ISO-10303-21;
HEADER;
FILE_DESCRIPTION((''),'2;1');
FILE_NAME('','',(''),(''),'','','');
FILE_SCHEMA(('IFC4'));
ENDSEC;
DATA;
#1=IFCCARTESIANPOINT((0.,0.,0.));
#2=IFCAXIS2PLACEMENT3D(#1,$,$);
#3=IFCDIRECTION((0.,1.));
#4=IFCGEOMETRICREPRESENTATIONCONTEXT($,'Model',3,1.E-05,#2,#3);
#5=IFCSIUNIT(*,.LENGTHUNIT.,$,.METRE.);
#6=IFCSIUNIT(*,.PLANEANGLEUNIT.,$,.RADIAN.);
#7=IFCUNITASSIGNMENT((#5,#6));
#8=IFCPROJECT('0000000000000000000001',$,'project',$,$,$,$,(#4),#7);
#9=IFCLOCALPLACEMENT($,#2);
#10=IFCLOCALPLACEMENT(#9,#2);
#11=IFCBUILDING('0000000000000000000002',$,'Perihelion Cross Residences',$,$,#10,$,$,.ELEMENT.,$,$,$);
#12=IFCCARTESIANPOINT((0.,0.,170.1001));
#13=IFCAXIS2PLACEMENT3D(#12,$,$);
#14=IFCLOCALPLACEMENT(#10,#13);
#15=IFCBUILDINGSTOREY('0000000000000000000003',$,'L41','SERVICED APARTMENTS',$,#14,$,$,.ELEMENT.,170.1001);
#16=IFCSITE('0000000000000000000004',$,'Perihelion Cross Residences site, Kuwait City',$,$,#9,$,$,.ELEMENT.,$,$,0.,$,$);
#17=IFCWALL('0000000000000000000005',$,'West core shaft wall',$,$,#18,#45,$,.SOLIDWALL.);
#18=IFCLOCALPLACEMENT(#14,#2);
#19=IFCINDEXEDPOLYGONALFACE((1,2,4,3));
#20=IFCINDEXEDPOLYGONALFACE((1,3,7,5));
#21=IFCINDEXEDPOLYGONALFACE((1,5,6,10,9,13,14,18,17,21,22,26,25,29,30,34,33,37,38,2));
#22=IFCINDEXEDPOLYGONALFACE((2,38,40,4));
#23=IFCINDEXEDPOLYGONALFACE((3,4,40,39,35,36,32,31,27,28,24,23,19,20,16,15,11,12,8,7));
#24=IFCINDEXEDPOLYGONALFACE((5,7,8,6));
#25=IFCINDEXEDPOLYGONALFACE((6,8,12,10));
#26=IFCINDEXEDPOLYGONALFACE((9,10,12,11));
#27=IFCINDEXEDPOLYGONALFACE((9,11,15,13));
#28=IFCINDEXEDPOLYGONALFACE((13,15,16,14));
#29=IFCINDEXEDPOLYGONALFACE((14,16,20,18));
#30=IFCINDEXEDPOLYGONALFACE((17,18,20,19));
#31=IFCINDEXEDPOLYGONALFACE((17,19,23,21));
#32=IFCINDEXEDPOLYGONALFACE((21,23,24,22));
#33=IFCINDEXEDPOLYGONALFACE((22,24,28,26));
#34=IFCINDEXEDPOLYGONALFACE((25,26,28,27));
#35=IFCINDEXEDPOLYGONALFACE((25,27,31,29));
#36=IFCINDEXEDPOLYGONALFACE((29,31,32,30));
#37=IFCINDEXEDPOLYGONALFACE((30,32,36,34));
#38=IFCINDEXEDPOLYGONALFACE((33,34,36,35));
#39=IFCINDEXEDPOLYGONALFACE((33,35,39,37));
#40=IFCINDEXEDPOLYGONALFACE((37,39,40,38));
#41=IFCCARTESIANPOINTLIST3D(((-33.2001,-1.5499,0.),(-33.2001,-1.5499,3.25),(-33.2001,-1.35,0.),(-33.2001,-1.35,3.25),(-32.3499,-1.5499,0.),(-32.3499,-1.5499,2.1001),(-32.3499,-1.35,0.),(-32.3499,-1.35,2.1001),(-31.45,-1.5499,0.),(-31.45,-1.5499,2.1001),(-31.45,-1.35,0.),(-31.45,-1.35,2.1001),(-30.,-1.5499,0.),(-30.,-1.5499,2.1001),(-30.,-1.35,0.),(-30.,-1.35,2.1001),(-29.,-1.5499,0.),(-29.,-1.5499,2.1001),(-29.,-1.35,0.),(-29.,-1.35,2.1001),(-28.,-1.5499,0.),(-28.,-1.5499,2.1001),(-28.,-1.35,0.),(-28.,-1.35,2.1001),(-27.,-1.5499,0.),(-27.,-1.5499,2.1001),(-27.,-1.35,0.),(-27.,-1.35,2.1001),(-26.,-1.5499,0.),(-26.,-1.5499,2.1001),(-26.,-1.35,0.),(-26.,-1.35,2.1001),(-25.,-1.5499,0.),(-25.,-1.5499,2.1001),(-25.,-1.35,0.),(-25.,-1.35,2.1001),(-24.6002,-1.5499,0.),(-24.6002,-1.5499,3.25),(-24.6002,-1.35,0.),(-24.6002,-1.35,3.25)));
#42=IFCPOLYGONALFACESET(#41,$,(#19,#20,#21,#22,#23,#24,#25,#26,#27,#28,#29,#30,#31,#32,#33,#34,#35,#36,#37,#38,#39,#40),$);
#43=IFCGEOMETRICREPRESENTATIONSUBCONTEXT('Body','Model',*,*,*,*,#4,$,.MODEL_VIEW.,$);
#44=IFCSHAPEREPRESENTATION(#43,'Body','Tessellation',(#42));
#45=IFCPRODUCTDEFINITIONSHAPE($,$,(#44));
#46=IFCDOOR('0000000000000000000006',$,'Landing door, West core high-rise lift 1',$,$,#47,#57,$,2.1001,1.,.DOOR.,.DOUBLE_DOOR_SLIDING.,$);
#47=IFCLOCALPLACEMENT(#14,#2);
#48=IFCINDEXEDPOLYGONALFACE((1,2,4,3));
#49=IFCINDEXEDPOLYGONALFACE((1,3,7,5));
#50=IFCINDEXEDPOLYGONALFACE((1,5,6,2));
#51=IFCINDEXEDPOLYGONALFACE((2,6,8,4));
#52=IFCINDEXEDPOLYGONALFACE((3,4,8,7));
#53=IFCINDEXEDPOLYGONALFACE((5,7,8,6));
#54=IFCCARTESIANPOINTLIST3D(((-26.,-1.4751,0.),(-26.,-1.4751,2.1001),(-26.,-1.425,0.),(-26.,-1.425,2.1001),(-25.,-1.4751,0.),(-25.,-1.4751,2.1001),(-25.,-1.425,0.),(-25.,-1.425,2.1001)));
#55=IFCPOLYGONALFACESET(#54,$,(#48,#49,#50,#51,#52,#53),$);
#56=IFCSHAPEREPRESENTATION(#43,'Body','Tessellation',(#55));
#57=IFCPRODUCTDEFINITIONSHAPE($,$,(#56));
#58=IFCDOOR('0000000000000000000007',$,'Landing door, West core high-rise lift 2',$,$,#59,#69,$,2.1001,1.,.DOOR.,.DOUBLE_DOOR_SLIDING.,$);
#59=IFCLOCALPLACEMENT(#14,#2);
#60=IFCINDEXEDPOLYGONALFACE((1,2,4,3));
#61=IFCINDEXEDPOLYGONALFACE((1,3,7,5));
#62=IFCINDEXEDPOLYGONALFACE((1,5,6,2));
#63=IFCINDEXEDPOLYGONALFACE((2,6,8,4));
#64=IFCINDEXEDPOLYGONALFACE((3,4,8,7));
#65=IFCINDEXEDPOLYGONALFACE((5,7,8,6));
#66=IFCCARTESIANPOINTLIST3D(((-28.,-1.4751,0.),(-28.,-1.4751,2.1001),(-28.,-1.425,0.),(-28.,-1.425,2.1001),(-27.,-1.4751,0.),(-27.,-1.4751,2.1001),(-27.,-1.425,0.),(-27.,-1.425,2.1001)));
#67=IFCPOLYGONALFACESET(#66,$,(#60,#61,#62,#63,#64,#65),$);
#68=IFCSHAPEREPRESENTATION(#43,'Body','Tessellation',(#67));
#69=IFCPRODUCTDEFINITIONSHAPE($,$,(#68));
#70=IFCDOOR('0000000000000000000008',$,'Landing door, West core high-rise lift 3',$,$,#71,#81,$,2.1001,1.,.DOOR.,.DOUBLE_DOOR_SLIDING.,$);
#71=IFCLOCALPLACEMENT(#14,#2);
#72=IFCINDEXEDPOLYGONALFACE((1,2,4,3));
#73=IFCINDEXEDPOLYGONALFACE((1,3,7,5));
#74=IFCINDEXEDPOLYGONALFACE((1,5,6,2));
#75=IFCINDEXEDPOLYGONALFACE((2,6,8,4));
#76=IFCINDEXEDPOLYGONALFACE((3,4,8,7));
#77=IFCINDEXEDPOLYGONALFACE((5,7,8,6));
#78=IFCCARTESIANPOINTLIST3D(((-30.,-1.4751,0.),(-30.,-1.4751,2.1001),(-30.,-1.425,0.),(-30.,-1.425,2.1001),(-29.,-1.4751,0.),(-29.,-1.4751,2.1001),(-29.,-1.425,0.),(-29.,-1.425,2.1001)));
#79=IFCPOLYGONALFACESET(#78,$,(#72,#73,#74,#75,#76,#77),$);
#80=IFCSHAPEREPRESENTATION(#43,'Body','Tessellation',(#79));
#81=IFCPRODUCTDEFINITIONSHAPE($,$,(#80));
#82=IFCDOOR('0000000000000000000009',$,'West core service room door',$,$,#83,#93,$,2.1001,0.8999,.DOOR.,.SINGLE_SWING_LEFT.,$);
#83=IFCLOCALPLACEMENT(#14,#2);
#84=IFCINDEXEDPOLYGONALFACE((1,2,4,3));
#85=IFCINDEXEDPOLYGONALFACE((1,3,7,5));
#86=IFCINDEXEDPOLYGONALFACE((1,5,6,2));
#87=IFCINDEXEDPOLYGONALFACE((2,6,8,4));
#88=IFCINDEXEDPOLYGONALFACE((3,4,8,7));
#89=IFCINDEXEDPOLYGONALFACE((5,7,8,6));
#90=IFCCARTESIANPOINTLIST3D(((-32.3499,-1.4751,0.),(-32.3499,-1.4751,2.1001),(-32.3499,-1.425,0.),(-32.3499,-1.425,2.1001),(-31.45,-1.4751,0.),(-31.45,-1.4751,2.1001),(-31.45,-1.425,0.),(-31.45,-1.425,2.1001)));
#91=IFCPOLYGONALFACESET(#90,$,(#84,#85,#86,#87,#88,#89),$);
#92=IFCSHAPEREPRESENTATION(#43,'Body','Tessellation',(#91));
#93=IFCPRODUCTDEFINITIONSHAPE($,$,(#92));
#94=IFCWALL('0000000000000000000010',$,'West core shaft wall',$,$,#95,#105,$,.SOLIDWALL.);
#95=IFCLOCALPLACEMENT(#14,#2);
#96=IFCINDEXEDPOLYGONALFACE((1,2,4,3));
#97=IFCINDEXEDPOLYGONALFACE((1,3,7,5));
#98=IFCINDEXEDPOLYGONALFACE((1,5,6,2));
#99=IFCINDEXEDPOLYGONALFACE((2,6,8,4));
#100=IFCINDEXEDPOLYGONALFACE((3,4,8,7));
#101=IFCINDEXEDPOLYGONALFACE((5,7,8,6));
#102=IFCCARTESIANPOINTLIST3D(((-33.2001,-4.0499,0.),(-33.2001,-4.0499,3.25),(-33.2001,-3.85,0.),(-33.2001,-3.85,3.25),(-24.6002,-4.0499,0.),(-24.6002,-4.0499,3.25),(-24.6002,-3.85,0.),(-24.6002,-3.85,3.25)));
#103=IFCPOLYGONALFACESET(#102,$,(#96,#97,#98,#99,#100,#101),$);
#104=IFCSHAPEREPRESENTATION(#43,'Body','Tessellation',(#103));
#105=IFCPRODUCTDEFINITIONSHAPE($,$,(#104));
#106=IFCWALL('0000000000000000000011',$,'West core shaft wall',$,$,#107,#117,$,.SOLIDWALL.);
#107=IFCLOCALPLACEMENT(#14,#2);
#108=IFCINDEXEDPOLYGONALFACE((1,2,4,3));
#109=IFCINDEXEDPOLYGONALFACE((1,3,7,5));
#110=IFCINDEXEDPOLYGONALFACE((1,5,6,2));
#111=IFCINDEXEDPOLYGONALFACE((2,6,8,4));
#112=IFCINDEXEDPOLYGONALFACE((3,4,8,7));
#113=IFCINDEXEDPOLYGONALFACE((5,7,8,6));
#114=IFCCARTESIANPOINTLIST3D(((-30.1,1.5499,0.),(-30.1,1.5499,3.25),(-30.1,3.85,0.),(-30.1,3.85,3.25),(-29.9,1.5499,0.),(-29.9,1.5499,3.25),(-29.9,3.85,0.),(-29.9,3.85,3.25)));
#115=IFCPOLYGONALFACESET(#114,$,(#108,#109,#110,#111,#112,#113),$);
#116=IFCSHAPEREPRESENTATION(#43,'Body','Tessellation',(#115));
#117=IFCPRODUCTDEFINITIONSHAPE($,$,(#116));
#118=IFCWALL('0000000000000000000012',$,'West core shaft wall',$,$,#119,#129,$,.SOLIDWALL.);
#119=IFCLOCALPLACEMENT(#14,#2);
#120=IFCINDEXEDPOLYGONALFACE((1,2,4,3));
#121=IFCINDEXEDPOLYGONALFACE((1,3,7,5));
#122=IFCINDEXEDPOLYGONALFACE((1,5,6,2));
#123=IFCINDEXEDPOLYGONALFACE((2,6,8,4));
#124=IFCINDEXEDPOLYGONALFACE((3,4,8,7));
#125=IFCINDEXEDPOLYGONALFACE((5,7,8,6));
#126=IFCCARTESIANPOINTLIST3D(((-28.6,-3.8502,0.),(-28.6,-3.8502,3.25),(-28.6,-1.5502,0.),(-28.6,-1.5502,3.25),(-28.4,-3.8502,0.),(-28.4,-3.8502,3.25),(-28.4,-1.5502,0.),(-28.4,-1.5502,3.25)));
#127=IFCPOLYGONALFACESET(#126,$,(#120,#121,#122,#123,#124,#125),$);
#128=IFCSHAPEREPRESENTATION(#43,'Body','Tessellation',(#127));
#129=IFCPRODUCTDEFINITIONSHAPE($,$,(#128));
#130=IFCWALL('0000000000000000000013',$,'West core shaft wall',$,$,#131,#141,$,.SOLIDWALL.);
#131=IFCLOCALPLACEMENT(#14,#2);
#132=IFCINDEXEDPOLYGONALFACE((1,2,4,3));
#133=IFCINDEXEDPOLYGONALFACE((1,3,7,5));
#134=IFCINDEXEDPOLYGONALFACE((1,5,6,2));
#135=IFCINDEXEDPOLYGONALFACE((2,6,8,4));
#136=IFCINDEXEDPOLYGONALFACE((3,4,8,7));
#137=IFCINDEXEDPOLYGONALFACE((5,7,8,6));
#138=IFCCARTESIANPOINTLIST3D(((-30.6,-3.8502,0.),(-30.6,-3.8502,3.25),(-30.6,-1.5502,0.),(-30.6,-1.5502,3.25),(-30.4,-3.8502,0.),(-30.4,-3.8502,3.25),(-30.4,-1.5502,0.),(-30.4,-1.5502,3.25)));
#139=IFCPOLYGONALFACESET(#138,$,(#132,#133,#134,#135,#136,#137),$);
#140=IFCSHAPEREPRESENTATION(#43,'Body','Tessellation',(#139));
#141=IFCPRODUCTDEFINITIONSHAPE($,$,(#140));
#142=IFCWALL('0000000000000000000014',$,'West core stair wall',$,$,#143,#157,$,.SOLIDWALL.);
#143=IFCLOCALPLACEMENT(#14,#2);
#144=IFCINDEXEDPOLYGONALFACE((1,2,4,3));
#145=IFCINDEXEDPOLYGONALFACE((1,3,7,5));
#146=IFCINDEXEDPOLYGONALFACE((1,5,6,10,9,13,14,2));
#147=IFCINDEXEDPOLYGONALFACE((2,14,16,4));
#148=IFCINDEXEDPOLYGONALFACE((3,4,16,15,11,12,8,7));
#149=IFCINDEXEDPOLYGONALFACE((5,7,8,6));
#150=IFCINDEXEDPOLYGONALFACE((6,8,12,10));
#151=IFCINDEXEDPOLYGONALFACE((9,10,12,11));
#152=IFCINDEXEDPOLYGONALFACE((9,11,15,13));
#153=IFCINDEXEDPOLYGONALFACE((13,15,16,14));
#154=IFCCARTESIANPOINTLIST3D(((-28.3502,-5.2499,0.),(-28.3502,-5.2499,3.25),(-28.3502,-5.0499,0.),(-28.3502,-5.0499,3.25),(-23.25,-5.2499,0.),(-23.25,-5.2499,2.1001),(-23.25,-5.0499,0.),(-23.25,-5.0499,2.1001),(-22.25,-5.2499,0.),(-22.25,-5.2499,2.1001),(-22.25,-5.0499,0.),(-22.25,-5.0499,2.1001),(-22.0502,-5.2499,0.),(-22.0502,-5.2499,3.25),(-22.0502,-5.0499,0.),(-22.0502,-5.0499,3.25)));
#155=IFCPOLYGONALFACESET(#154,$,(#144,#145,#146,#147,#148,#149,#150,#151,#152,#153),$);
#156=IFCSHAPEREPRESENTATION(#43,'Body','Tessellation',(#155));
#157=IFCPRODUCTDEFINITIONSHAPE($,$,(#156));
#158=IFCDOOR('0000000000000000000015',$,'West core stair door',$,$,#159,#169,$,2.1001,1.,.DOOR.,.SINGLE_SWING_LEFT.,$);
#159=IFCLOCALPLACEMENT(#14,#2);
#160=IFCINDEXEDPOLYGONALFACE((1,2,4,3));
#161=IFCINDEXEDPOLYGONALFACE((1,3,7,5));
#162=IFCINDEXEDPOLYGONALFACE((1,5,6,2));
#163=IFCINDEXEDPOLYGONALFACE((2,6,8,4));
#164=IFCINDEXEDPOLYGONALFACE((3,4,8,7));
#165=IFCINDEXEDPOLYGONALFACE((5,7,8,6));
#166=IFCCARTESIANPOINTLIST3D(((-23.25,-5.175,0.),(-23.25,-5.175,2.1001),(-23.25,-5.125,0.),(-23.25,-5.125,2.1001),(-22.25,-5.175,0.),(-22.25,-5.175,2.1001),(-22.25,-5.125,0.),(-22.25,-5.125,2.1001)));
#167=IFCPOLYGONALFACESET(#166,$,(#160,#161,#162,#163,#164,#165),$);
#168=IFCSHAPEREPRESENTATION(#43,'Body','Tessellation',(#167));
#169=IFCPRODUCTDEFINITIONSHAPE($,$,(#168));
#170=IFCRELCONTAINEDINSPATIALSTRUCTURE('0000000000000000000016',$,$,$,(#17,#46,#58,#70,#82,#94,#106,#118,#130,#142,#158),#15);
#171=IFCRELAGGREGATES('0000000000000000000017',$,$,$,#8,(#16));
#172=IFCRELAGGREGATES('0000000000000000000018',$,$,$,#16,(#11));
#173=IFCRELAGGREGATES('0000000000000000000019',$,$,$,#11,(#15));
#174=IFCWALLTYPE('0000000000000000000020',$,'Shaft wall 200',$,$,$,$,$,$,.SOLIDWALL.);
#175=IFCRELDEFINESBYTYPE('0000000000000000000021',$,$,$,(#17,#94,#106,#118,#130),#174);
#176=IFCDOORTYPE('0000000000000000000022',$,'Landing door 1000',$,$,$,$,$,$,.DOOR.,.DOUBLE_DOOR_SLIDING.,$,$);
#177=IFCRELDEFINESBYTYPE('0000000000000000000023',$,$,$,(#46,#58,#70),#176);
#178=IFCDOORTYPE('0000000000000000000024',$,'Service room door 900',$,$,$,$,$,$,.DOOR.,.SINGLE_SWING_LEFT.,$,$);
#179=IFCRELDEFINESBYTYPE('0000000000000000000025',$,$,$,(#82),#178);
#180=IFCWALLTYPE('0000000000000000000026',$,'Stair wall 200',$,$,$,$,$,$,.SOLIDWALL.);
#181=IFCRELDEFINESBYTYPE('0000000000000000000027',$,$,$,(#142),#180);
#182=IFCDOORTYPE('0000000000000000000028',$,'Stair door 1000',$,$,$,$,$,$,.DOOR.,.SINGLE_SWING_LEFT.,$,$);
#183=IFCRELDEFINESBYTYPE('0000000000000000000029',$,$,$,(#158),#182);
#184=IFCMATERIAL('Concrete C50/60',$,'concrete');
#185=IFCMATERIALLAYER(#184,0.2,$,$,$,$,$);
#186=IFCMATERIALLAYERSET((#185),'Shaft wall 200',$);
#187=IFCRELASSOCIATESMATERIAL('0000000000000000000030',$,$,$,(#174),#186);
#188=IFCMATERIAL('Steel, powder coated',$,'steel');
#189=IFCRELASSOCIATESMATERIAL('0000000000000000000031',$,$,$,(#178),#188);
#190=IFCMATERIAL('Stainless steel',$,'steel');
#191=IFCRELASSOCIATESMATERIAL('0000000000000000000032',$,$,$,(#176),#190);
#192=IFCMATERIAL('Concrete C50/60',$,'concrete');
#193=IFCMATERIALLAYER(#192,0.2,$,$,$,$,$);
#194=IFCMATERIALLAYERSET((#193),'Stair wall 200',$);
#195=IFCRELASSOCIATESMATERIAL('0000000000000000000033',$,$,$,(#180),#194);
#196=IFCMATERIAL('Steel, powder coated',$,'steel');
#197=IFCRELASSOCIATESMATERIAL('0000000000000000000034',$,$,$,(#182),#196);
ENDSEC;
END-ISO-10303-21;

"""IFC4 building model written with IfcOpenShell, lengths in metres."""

from ifc_helpers import new_model, si_unit, direction, frame, frame_2d, origin, place, context, subcontext, project, spatial, rectangle, extrude, material, layer, layer_set, type_object, element, fill, save


model = new_model("IFC4")

# Units and contexts
model_context = context("Model", 3, precision=1e-05, world=origin(), true_north=direction((0.0, 1.0)))
body_context = subcontext(model_context, "Body", "Model", "MODEL_VIEW")
ifc_project = project(units=[si_unit("LENGTHUNIT", "METRE"), si_unit("PLANEANGLEUNIT", "RADIAN")], contexts=[model_context])

# Site, building, storey
site_placement = place(None, origin())
site = spatial("IfcSite", under=ifc_project, at=site_placement, Name="Perihelion Cross Residences site, Kuwait City", CompositionType="ELEMENT", RefElevation=0.0)
building_placement = place(site_placement, origin())
building = spatial("IfcBuilding", under=site, at=building_placement, Name="Perihelion Cross Residences", CompositionType="ELEMENT")
storey_placement = place(building_placement, frame((0.0, 0.0, 170.1001)))
storey = spatial("IfcBuildingStorey", under=building, at=storey_placement, Name="L41", Description="SERVICED APARTMENTS", CompositionType="ELEMENT", Elevation=170.1001)

# Wall, openings, doors
ifc_material_1 = material(Name="Concrete C50/60", Category="concrete")
ifc_layer_1 = layer(ifc_material_1, 0.2)
ifc_layer_set_1 = layer_set([ifc_layer_1], Name="Shaft wall 200")
wall_type_1 = type_object("IfcWallType", Name="Shaft wall 200", PredefinedType="SOLIDWALL", material=ifc_layer_set_1)
ifc_material_2 = material(Name="Steel, powder coated", Category="steel")
door_type_1 = type_object("IfcDoorType", Name="Service room door 900", OperationType="SINGLE_SWING_LEFT", PredefinedType="DOOR", material=ifc_material_2)
wall_1_placement = place(storey_placement, frame((-33.2, -1.45, 0.0), z_axis=(0.0, 0.0, 1.0), x_axis=(1.0, 0.0, 0.0)))
wall_1 = element("IfcWall", 1, at=wall_1_placement, inside=storey, type_object=wall_type_1, Name="West core shaft wall", PredefinedType="SOLIDWALL", context=body_context, shape_type="SweptSolid", body=[
    extrude(rectangle(XDim=8.5999, YDim=0.2, at=frame_2d((4.2998, 0.0))), origin(), (0.0, 0.0, 1.0), 3.25),
])
opening_1_placement = place(wall_1_placement, frame((7.2, 0.0, 0.0)))
opening_1 = element("IfcOpeningElement", 2, at=opening_1_placement, cuts=wall_1, PredefinedType="OPENING", context=body_context, shape_type="SweptSolid", body=[
    extrude(rectangle(XDim=1.0, YDim=2.1001, at=frame_2d((0.5, 1.05))), frame((0.0, 0.1099, 0.0), z_axis=(0.0, -1.0, 0.0), x_axis=(1.0, 0.0, 0.0)), (0.0, 0.0, 1.0), 0.22),
])
opening_2_placement = place(wall_1_placement, frame((5.2, 0.0, 0.0)))
opening_2 = element("IfcOpeningElement", 3, at=opening_2_placement, cuts=wall_1, PredefinedType="OPENING", context=body_context, shape_type="SweptSolid", body=[
    extrude(rectangle(XDim=1.0, YDim=2.1001, at=frame_2d((0.5, 1.05))), frame((0.0, 0.1099, 0.0), z_axis=(0.0, -1.0, 0.0), x_axis=(1.0, 0.0, 0.0)), (0.0, 0.0, 1.0), 0.22),
])
opening_3_placement = place(wall_1_placement, frame((3.2, 0.0, 0.0)))
opening_3 = element("IfcOpeningElement", 4, at=opening_3_placement, cuts=wall_1, PredefinedType="OPENING", context=body_context, shape_type="SweptSolid", body=[
    extrude(rectangle(XDim=1.0, YDim=2.1001, at=frame_2d((0.5, 1.05))), frame((0.0, 0.1099, 0.0), z_axis=(0.0, -1.0, 0.0), x_axis=(1.0, 0.0, 0.0)), (0.0, 0.0, 1.0), 0.22),
])
opening_4_placement = place(wall_1_placement, frame((0.8501, 0.0, 0.0)))
opening_4 = element("IfcOpeningElement", 5, at=opening_4_placement, cuts=wall_1, PredefinedType="OPENING", context=body_context, shape_type="SweptSolid", body=[
    extrude(rectangle(XDim=0.8999, YDim=2.1001, at=frame_2d((0.45, 1.05))), frame((0.0, 0.1099, 0.0), z_axis=(0.0, -1.0, 0.0), x_axis=(1.0, 0.0, 0.0)), (0.0, 0.0, 1.0), 0.22),
])
ifc_material_3 = material(Name="Stainless steel", Category="steel")
door_type_2 = type_object("IfcDoorType", Name="Landing door 1000", OperationType="DOUBLE_DOOR_SLIDING", PredefinedType="DOOR", material=ifc_material_3)
door_1_placement = place(opening_1_placement, origin())
door_1 = element("IfcDoor", 6, at=door_1_placement, inside=storey, type_object=door_type_2, Name="Landing door, West core high-rise lift 1", OperationType="DOUBLE_DOOR_SLIDING", OverallHeight=2.1001, OverallWidth=1.0, PredefinedType="DOOR", context=body_context, shape_type="SweptSolid", body=[
    extrude(rectangle(XDim=1.0, YDim=2.1001, at=frame_2d((0.5, 1.05))), frame((0.0, 0.0249, 0.0), z_axis=(0.0, -1.0, 0.0), x_axis=(1.0, 0.0, 0.0)), (0.0, 0.0, 1.0), 0.05),
])
fill(opening_1, door_1)
door_2_placement = place(opening_2_placement, origin())
door_2 = element("IfcDoor", 7, at=door_2_placement, inside=storey, type_object=door_type_2, Name="Landing door, West core high-rise lift 2", OperationType="DOUBLE_DOOR_SLIDING", OverallHeight=2.1001, OverallWidth=1.0, PredefinedType="DOOR", context=body_context, shape_type="SweptSolid", body=[
    extrude(rectangle(XDim=1.0, YDim=2.1001, at=frame_2d((0.5, 1.05))), frame((0.0, 0.0249, 0.0), z_axis=(0.0, -1.0, 0.0), x_axis=(1.0, 0.0, 0.0)), (0.0, 0.0, 1.0), 0.05),
])
fill(opening_2, door_2)
door_3_placement = place(opening_3_placement, origin())
door_3 = element("IfcDoor", 8, at=door_3_placement, inside=storey, type_object=door_type_2, Name="Landing door, West core high-rise lift 3", OperationType="DOUBLE_DOOR_SLIDING", OverallHeight=2.1001, OverallWidth=1.0, PredefinedType="DOOR", context=body_context, shape_type="SweptSolid", body=[
    extrude(rectangle(XDim=1.0, YDim=2.1001, at=frame_2d((0.5, 1.05))), frame((0.0, 0.0249, 0.0), z_axis=(0.0, -1.0, 0.0), x_axis=(1.0, 0.0, 0.0)), (0.0, 0.0, 1.0), 0.05),
])
fill(opening_3, door_3)
door_4_placement = place(opening_4_placement, origin())
door_4 = element("IfcDoor", 9, at=door_4_placement, inside=storey, type_object=door_type_1, Name="West core service room door", OperationType="SINGLE_SWING_LEFT", OverallHeight=2.1001, OverallWidth=0.8999, PredefinedType="DOOR", context=body_context, shape_type="SweptSolid", body=[
    extrude(rectangle(XDim=0.8999, YDim=2.1001, at=frame_2d((0.45, 1.05))), frame((0.0, 0.0249, 0.0), z_axis=(0.0, -1.0, 0.0), x_axis=(1.0, 0.0, 0.0)), (0.0, 0.0, 1.0), 0.05),
])
fill(opening_4, door_4)

# Walls
wall_2_placement = place(storey_placement, frame((-33.2, -3.95, 0.0), z_axis=(0.0, 0.0, 1.0), x_axis=(1.0, 0.0, 0.0)))
element("IfcWall", 10, at=wall_2_placement, inside=storey, type_object=wall_type_1, Name="West core shaft wall", PredefinedType="SOLIDWALL", context=body_context, shape_type="SweptSolid", body=[
    extrude(rectangle(XDim=8.5999, YDim=0.2, at=frame_2d((4.2998, 0.0))), origin(), (0.0, 0.0, 1.0), 3.25),
])
for number, where, z_axis, x_axis, name in (
    (11, (-30.0, 1.55, 0.0), (0.0, 0.0, 1.0), (0.0, 1.0, 0.0), "West core shaft wall"),
    (12, (-28.5, -3.8501, 0.0), (0.0, 0.0, 1.0), (0.0, 1.0, 0.0), "West core shaft wall"),
    (13, (-30.5, -3.8501, 0.0), (0.0, 0.0, 1.0), (0.0, 1.0, 0.0), "West core shaft wall"),
):
    element("IfcWall", number, at=place(storey_placement, frame(where, z_axis=z_axis, x_axis=x_axis)), inside=storey, type_object=wall_type_1, Name=name, PredefinedType="SOLIDWALL", context=body_context, shape_type="SweptSolid", body=[
        extrude(rectangle(XDim=2.3, YDim=0.2, at=frame_2d((1.1499, 0.0))), origin(), (0.0, 0.0, 1.0), 3.25),
    ])

# Wall, opening, door
ifc_material_4 = material(Name="Concrete C50/60", Category="concrete")
ifc_layer_2 = layer(ifc_material_4, 0.2)
ifc_layer_set_2 = layer_set([ifc_layer_2], Name="Stair wall 200")
wall_type_2 = type_object("IfcWallType", Name="Stair wall 200", PredefinedType="SOLIDWALL", material=ifc_layer_set_2)
wall_3_placement = place(storey_placement, frame((-28.3501, -5.1499, 0.0), z_axis=(0.0, 0.0, 1.0), x_axis=(1.0, 0.0, 0.0)))
wall_3 = element("IfcWall", 14, at=wall_3_placement, inside=storey, type_object=wall_type_2, Name="West core stair wall", PredefinedType="SOLIDWALL", context=body_context, shape_type="SweptSolid", body=[
    extrude(rectangle(XDim=6.3, YDim=0.2, at=frame_2d((3.1499, 0.0))), origin(), (0.0, 0.0, 1.0), 3.25),
])
opening_5_placement = place(wall_3_placement, frame((5.1001, 0.0, 0.0)))
opening_5 = element("IfcOpeningElement", 15, at=opening_5_placement, cuts=wall_3, PredefinedType="OPENING", context=body_context, shape_type="SweptSolid", body=[
    extrude(rectangle(XDim=1.0, YDim=2.1001, at=frame_2d((0.5, 1.05))), frame((0.0, 0.1099, 0.0), z_axis=(0.0, -1.0, 0.0), x_axis=(1.0, 0.0, 0.0)), (0.0, 0.0, 1.0), 0.22),
])
ifc_material_5 = material(Name="Steel, powder coated", Category="steel")
door_type_3 = type_object("IfcDoorType", Name="Stair door 1000", OperationType="SINGLE_SWING_LEFT", PredefinedType="DOOR", material=ifc_material_5)
door_5_placement = place(opening_5_placement, origin())
door_5 = element("IfcDoor", 16, at=door_5_placement, inside=storey, type_object=door_type_3, Name="West core stair door", OperationType="SINGLE_SWING_LEFT", OverallHeight=2.1001, OverallWidth=1.0, PredefinedType="DOOR", context=body_context, shape_type="SweptSolid", body=[
    extrude(rectangle(XDim=1.0, YDim=2.1001, at=frame_2d((0.5, 1.05))), frame((0.0, 0.0249, 0.0), z_axis=(0.0, -1.0, 0.0), x_axis=(1.0, 0.0, 0.0)), (0.0, 0.0, 1.0), 0.05),
])
fill(opening_5, door_5)

save(model, "model.ifc")
